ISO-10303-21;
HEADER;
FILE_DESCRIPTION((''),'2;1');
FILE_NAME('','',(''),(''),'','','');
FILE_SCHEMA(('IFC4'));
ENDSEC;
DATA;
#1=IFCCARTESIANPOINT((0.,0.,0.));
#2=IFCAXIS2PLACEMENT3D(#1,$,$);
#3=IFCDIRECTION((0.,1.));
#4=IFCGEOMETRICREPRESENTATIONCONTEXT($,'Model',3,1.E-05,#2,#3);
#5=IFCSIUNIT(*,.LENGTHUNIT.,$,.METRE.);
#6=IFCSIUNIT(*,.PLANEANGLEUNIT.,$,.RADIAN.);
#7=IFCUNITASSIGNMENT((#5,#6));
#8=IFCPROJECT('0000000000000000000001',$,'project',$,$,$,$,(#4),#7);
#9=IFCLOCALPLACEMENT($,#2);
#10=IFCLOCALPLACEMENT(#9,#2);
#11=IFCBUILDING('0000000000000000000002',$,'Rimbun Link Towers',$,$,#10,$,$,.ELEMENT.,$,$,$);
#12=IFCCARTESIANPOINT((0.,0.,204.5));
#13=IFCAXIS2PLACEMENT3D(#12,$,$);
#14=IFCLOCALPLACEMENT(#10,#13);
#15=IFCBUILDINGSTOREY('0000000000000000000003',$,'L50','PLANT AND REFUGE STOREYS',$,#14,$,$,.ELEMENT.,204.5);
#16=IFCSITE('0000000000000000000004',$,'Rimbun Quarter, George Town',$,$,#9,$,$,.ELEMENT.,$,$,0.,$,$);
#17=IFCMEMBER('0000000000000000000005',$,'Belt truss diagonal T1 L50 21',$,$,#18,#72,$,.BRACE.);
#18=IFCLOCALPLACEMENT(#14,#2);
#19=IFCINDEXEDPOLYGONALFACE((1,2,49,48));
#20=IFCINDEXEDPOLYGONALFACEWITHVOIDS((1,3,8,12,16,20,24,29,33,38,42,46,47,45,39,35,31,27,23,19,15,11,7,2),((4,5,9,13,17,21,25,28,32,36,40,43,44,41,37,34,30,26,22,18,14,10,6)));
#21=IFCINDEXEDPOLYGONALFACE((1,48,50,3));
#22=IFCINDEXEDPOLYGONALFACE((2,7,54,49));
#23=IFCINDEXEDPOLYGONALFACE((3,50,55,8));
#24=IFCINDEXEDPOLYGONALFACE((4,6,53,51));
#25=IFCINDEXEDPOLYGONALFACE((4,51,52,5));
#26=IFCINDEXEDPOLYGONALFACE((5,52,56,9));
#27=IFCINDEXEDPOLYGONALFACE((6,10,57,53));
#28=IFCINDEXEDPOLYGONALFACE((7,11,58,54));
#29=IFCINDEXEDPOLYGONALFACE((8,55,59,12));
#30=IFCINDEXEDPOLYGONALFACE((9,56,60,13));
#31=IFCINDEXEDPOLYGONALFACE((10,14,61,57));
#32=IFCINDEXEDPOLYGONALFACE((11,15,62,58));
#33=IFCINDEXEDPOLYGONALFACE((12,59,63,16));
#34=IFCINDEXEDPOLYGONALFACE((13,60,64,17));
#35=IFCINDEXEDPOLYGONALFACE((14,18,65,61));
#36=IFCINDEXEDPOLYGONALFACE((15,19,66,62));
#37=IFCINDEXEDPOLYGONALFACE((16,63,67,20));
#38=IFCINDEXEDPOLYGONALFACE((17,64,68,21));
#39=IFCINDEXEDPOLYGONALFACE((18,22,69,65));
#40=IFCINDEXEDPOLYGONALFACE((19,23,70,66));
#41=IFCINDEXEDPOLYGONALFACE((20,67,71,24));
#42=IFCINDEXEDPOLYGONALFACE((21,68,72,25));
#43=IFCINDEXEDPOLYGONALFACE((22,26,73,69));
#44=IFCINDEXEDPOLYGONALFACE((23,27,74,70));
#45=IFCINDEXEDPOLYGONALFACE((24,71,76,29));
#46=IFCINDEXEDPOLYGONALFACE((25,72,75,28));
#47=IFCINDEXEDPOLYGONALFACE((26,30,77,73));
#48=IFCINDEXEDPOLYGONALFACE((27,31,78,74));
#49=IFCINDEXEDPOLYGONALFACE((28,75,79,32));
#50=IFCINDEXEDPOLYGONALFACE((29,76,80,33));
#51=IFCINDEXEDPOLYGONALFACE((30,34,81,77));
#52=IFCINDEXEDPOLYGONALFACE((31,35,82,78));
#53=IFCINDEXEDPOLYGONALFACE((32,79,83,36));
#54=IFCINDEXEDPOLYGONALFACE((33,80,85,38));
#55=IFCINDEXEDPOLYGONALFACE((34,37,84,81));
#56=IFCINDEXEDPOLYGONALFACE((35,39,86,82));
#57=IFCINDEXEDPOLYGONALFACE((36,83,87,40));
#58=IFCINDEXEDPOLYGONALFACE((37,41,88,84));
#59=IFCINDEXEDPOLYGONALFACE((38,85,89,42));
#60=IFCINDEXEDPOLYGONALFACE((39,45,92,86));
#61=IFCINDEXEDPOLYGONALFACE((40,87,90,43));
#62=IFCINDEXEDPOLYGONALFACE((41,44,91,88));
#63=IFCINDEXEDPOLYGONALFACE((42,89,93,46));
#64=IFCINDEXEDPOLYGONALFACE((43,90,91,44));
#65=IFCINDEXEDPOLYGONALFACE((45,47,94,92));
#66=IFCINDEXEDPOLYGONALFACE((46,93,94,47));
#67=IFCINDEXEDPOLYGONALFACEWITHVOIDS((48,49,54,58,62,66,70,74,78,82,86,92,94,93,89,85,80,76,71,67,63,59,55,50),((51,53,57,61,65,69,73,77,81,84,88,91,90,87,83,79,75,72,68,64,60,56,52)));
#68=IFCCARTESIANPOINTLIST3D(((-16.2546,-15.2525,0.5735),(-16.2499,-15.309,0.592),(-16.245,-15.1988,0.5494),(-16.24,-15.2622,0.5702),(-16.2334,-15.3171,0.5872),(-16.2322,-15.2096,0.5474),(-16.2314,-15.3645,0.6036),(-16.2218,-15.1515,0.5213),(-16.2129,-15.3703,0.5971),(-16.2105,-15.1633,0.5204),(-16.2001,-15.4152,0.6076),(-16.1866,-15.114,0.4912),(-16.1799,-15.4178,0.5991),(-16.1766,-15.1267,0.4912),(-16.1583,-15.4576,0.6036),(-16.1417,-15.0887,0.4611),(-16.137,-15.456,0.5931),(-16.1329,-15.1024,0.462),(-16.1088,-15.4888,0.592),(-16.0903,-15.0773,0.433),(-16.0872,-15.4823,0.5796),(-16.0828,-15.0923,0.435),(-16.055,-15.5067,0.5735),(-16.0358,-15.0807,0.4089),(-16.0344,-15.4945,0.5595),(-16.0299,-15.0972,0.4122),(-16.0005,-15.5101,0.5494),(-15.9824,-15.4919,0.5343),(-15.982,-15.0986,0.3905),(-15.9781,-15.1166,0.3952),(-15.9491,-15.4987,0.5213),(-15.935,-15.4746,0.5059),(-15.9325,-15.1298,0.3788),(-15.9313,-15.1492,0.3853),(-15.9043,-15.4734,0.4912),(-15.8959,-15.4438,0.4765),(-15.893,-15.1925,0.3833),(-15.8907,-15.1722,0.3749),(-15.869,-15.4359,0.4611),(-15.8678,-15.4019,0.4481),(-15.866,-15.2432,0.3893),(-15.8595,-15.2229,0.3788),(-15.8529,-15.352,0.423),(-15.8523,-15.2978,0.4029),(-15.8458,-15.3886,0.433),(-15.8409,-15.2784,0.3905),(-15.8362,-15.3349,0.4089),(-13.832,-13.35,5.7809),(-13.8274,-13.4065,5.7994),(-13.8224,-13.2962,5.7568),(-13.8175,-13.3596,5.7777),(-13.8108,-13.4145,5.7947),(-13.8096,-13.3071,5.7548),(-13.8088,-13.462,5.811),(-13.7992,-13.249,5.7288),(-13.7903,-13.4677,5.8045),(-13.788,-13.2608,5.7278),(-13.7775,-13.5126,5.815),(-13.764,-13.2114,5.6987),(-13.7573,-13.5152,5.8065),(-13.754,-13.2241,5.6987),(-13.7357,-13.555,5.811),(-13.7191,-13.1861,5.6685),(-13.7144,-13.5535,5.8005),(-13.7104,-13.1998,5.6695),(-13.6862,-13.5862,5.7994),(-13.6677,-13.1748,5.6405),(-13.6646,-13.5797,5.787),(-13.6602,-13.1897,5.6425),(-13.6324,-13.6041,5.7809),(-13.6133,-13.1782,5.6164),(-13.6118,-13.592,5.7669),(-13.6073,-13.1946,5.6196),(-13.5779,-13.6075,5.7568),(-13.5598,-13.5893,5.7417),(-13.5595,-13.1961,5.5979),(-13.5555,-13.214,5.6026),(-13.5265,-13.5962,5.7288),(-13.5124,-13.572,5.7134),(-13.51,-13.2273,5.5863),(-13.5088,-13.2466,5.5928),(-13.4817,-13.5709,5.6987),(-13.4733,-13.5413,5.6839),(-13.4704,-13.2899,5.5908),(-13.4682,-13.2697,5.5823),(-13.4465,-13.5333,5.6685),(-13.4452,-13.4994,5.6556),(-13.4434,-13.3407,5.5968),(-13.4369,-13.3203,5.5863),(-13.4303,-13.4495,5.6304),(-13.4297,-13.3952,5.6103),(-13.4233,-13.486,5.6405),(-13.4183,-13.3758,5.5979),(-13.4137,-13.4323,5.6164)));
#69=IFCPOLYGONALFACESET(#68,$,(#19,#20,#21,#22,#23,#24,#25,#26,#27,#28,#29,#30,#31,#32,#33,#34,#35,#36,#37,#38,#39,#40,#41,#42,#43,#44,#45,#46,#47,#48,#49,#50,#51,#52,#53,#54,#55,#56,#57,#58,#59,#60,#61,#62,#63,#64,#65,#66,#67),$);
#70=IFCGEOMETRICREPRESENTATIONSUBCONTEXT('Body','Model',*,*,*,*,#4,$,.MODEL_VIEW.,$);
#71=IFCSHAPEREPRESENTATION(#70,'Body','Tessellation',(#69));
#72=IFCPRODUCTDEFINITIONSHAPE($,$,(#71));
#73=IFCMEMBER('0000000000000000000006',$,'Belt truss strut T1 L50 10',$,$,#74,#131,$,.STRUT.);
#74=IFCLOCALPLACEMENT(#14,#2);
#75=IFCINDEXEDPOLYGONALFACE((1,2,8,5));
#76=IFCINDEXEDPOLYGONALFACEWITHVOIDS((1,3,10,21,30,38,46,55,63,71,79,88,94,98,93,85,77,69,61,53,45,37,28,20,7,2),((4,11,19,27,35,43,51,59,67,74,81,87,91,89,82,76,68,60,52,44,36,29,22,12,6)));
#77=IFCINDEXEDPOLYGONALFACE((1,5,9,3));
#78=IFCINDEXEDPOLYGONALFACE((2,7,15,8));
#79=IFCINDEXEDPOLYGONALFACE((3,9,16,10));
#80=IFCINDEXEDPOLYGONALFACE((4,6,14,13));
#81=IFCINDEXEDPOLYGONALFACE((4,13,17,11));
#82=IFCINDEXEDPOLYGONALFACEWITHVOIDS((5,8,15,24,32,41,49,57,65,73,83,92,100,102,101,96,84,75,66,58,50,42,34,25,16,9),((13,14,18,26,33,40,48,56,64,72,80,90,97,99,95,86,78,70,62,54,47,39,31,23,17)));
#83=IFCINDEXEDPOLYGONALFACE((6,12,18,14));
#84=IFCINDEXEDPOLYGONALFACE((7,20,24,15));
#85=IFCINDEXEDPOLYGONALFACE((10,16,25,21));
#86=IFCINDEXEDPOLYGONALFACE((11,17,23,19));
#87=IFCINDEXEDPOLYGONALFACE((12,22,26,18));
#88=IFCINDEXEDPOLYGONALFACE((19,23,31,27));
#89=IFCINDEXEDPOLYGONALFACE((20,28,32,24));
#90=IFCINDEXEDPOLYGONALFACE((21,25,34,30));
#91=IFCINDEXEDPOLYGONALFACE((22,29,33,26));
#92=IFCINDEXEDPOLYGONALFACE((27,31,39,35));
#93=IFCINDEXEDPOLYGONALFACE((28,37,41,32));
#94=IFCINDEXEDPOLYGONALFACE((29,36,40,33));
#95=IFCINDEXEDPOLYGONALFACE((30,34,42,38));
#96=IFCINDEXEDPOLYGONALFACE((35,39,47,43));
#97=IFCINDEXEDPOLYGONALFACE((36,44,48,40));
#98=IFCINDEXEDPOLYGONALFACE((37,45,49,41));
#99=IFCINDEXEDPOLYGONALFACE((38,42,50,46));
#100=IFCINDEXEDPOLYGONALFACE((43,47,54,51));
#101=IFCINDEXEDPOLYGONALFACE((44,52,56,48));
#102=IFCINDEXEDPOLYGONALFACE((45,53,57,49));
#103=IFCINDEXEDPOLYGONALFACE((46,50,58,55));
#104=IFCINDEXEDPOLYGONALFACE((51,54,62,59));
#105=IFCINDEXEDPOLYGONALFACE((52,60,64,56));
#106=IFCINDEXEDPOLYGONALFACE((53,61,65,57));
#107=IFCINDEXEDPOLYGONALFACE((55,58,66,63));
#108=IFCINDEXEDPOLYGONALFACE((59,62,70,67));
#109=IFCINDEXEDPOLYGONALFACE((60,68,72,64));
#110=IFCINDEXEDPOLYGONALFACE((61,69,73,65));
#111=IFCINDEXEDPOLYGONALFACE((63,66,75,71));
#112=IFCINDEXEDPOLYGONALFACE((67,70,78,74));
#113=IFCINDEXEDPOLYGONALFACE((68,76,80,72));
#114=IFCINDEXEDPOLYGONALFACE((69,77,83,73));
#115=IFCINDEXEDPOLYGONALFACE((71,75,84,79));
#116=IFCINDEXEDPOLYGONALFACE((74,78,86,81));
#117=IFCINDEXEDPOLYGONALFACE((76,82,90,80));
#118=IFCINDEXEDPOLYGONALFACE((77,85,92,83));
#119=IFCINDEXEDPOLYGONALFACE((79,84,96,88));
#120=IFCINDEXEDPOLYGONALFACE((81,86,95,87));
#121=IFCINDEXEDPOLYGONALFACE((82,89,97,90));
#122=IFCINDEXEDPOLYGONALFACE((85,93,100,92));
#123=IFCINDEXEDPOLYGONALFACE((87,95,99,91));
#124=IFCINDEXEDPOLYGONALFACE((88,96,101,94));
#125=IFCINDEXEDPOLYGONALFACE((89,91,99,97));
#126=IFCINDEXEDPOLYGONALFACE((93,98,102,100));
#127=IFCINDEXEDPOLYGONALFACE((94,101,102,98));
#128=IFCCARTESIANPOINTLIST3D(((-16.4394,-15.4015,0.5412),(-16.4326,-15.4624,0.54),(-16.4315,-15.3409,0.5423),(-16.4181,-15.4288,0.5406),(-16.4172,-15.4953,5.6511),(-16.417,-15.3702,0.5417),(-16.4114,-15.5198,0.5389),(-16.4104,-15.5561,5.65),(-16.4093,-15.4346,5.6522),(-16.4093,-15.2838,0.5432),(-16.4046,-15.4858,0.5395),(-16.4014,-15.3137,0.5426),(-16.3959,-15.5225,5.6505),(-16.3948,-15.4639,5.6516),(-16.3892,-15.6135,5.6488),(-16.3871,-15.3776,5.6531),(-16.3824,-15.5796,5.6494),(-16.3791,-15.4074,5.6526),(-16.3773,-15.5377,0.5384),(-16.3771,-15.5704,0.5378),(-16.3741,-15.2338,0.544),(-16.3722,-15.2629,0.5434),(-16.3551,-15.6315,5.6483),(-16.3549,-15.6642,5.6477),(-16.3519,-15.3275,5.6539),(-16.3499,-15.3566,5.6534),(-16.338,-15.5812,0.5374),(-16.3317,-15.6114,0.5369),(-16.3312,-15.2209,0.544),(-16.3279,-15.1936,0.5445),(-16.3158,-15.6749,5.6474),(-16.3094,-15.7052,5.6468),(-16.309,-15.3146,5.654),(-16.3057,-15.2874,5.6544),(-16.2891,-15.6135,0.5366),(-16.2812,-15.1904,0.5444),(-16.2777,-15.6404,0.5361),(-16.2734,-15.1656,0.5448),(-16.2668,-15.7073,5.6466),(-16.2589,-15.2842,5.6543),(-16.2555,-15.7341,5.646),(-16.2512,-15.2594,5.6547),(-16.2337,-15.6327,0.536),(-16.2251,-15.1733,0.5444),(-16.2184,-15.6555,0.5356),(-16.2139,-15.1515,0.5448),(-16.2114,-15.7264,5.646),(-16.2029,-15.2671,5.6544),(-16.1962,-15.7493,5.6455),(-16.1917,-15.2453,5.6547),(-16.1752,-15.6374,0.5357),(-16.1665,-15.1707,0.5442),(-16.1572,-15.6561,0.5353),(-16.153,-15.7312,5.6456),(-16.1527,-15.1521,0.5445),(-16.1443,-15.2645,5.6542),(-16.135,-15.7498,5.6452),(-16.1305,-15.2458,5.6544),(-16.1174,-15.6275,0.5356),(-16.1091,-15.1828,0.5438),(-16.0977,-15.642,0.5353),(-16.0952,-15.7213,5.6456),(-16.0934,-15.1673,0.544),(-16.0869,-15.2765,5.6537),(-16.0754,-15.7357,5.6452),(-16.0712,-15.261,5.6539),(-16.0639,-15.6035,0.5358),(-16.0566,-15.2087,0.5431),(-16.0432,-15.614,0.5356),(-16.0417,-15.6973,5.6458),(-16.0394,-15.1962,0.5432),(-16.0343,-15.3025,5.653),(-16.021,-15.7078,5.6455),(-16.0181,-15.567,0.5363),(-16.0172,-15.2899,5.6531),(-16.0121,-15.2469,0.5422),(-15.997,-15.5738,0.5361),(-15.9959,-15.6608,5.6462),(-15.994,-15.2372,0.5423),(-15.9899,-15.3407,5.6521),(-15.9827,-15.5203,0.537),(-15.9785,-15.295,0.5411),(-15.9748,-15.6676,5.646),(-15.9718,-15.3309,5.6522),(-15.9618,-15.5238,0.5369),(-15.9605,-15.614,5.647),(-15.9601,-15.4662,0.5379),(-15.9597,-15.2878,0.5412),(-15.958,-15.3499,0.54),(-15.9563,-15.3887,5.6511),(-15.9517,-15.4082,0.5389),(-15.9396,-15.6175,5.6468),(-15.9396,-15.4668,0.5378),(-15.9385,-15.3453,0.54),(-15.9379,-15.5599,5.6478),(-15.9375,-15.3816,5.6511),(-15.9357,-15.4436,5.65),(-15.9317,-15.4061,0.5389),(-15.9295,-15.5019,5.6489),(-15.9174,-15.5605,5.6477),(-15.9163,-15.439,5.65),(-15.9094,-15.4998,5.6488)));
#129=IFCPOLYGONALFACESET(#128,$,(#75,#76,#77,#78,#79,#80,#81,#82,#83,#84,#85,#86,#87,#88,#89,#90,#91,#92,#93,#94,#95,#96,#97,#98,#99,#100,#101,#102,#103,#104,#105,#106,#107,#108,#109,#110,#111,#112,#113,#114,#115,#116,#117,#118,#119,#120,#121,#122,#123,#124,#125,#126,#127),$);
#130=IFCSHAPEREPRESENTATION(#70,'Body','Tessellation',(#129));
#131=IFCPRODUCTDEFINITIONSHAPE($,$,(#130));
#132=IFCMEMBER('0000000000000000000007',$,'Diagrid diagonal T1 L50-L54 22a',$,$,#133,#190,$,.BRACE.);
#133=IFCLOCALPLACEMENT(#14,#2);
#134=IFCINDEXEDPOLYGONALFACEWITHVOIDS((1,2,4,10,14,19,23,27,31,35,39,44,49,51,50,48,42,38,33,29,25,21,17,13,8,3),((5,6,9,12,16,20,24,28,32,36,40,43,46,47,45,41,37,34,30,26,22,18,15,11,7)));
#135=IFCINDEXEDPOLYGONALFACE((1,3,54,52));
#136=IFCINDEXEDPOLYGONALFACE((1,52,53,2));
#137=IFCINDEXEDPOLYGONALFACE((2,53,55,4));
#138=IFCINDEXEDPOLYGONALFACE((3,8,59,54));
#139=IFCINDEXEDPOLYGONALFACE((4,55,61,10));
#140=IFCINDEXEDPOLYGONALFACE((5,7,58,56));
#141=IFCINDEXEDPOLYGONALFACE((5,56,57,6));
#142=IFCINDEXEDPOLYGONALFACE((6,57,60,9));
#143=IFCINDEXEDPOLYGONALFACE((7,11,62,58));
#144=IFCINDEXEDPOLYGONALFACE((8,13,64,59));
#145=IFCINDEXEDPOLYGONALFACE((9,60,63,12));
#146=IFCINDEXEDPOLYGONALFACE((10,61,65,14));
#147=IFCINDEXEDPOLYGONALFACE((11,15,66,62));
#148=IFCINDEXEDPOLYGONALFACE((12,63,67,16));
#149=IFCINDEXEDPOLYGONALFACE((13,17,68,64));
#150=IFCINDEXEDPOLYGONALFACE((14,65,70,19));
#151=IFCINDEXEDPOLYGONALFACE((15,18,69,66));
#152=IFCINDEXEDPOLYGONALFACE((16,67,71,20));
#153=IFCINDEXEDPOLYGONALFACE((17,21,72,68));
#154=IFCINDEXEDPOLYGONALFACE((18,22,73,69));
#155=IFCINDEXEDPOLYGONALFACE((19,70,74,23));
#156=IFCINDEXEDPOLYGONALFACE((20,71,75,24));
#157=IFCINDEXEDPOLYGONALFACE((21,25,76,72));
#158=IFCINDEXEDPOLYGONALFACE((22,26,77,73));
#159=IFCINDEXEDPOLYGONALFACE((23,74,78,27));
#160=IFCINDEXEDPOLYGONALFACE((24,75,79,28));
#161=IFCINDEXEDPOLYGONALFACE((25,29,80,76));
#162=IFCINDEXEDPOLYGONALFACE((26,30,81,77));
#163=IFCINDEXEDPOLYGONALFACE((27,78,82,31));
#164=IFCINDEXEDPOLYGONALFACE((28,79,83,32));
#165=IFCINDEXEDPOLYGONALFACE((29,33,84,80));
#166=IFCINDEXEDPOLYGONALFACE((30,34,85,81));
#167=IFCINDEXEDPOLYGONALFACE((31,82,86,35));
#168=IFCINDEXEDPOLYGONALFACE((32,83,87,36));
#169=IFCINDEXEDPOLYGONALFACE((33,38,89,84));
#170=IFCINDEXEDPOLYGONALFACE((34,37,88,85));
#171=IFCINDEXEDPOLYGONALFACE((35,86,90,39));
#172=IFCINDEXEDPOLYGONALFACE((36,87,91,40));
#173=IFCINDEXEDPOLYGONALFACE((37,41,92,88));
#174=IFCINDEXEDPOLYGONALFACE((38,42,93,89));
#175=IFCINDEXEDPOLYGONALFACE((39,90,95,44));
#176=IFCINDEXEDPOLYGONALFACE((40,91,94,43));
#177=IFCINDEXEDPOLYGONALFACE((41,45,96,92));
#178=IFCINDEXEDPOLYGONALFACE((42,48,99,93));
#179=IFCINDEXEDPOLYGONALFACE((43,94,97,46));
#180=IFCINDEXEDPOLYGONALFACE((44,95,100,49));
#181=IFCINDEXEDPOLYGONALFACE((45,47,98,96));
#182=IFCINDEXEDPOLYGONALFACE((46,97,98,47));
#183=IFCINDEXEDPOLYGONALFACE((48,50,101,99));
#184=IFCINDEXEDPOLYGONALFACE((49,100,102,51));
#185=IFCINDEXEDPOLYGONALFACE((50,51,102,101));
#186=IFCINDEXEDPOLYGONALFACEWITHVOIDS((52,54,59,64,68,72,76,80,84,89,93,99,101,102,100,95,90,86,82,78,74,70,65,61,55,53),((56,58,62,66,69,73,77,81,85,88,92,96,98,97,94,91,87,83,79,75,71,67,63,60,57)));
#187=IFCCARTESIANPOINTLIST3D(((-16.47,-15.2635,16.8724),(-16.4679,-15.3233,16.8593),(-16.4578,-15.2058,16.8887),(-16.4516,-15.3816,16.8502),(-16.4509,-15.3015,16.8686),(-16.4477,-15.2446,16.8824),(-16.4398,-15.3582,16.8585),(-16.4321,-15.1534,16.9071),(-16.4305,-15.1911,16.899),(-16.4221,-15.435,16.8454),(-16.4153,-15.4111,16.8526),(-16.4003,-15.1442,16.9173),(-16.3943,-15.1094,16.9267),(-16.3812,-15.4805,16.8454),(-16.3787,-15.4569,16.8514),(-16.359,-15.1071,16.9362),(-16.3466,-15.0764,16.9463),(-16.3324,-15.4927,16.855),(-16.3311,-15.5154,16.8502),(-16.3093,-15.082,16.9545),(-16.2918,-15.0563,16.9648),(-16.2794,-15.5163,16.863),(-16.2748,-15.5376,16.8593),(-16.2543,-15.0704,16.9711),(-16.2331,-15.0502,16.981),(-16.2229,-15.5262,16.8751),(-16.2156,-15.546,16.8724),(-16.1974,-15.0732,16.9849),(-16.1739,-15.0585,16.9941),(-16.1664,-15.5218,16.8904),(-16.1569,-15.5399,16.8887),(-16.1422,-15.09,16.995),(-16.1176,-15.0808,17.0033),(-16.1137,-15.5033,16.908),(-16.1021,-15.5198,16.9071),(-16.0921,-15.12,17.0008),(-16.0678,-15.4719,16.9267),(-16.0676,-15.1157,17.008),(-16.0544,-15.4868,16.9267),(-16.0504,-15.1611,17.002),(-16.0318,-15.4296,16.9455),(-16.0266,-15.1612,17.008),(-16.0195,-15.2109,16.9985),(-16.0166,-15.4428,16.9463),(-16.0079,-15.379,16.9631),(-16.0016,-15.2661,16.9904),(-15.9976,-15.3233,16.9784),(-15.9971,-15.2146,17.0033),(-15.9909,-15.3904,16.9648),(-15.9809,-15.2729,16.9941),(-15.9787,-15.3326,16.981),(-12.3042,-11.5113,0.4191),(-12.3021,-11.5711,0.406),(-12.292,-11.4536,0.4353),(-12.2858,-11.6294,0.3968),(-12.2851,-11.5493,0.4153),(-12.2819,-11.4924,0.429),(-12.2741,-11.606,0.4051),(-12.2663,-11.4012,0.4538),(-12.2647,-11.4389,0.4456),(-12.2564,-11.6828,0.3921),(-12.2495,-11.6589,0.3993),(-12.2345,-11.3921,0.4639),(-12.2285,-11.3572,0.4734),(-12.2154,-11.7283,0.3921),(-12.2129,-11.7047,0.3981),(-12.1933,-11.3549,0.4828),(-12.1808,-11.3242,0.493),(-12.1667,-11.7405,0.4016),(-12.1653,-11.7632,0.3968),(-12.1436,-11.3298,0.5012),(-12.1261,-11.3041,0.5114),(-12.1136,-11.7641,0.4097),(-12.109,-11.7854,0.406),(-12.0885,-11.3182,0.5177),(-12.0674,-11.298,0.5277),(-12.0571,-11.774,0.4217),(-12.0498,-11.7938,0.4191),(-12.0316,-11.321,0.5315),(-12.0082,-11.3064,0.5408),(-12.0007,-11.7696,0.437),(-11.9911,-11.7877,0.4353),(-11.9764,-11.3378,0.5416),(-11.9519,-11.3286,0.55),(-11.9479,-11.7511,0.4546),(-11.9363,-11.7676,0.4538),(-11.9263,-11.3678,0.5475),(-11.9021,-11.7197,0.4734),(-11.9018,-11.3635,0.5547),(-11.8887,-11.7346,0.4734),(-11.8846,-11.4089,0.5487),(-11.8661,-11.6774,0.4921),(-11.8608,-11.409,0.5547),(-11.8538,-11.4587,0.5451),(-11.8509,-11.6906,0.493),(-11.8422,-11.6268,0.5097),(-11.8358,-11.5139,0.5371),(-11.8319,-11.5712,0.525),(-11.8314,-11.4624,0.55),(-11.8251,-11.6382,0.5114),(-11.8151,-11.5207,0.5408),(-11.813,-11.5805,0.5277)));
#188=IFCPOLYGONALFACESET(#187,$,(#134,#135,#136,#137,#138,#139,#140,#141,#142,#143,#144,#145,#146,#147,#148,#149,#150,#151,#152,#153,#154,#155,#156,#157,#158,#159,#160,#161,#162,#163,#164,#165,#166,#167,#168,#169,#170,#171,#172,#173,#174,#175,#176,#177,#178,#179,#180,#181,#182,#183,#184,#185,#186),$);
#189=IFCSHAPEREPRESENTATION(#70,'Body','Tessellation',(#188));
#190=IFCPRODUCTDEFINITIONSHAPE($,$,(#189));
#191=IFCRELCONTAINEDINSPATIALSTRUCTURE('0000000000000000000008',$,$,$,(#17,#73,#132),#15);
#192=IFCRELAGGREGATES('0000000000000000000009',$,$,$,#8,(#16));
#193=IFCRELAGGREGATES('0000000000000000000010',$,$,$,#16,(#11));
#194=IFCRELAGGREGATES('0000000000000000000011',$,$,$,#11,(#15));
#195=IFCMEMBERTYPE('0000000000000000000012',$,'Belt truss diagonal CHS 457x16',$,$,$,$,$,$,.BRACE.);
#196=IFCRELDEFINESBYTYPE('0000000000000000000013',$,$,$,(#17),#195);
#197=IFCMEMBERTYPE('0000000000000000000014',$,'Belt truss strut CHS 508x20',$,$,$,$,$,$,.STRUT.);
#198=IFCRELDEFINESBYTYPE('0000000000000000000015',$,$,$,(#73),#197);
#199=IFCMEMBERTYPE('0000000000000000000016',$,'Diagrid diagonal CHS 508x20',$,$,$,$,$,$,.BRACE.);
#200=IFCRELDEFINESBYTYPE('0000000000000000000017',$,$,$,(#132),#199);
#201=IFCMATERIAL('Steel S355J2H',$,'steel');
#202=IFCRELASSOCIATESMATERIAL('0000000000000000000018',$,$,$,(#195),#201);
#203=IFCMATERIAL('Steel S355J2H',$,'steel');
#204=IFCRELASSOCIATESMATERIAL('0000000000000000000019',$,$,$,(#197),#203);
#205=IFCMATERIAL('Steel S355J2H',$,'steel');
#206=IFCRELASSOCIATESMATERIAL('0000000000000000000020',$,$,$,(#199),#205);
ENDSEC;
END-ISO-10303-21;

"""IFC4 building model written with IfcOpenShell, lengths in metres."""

from ifc_helpers import new_model, si_unit, direction, frame, origin, origin_2d, place, context, subcontext, project, spatial, hollow_circle, extrude, material, material_profile, profile_set, type_object, element, save


model = new_model("IFC4")

# Units and contexts
model_context = context("Model", 3, precision=1e-05, world=origin(), true_north=direction((0.0, 1.0)))
body_context = subcontext(model_context, "Body", "Model", "MODEL_VIEW")
ifc_project = project(units=[si_unit("LENGTHUNIT", "METRE"), si_unit("PLANEANGLEUNIT", "RADIAN")], contexts=[model_context])

# Site, building, storey
site_placement = place(None, origin())
site = spatial("IfcSite", under=ifc_project, at=site_placement, Name="Rimbun Quarter, George Town", CompositionType="ELEMENT", RefElevation=0.0)
building_placement = place(site_placement, origin())
building = spatial("IfcBuilding", under=site, at=building_placement, Name="Rimbun Link Towers", CompositionType="ELEMENT")
storey_placement = place(building_placement, frame((0.0, 0.0, 204.5)))
storey = spatial("IfcBuildingStorey", under=building, at=storey_placement, Name="L50", Description="PLANT AND REFUGE STOREYS", CompositionType="ELEMENT", Elevation=204.5)

# Members
ifc_material_1 = material(Name="Steel S355J2H", Category="steel")
ifc_material_profile_1 = material_profile(ifc_material_1, hollow_circle(Radius=0.2285, WallThickness=0.0161, at=origin_2d()), Name="Belt truss diagonal CHS 457x16")
ifc_profile_set_1 = profile_set([ifc_material_profile_1], Name="Steel S355J2H")
member_type_1 = type_object("IfcMemberType", Name="Belt truss diagonal CHS 457x16", PredefinedType="BRACE", material=ifc_profile_set_1)
member_1_placement = place(storey_placement, frame((-16.0454, -15.2937, 0.4912), z_axis=(0.400406, 0.314457, 0.860693), x_axis=(-0.617643, 0.786459, 0.0)))
element("IfcMember", 1, at=member_1_placement, inside=storey, type_object=member_type_1, Name="Belt truss diagonal T1 L50 21", PredefinedType="BRACE", context=body_context, shape_type="SweptSolid", body=[
    extrude(hollow_circle(Radius=0.2285, WallThickness=0.0161, at=origin_2d()), origin(), (0.0, 0.0, 1.0), 6.0503),
])
ifc_material_2 = material(Name="Steel S355J2H", Category="steel")
ifc_material_profile_2 = material_profile(ifc_material_2, hollow_circle(Radius=0.2539, WallThickness=0.02, at=origin_2d()), Name="Belt truss strut CHS 508x20")
ifc_profile_set_2 = profile_set([ifc_material_profile_2], Name="Steel S355J2H")
member_type_2 = type_object("IfcMemberType", Name="Belt truss strut CHS 508x20", PredefinedType="STRUT", material=ifc_profile_set_2)
member_2_placement = place(storey_placement, frame((-16.1855, -15.4038, 0.54), z_axis=(0.004347, -0.018344, 0.999822), x_axis=(0.97305, 0.230593, 0.0)))
element("IfcMember", 2, at=member_2_placement, inside=storey, type_object=member_type_2, Name="Belt truss strut T1 L50 10", PredefinedType="STRUT", context=body_context, shape_type="SweptSolid", body=[
    extrude(hollow_circle(Radius=0.2539, WallThickness=0.02, at=origin_2d()), origin(), (0.0, 0.0, 1.0), 5.1108),
])
ifc_material_3 = material(Name="Steel S355J2H", Category="steel")
ifc_material_profile_3 = material_profile(ifc_material_3, hollow_circle(Radius=0.2539, WallThickness=0.02, at=origin_2d()), Name="Diagrid diagonal CHS 508x20")
ifc_profile_set_3 = profile_set([ifc_material_profile_3], Name="Steel S355J2H")
member_type_3 = type_object("IfcMemberType", Name="Diagrid diagonal CHS 508x20", PredefinedType="BRACE", material=ifc_profile_set_3)
member_3_placement = place(storey_placement, frame((-12.0586, -11.5459, 0.4734), z_axis=(-0.239655, -0.215863, 0.946556), x_axis=(0.669261, -0.743028, 0.0)))
element("IfcMember", 3, at=member_3_placement, inside=storey, type_object=member_type_3, Name="Diagrid diagonal T1 L50-L54 22a", PredefinedType="BRACE", context=body_context, shape_type="SweptSolid", body=[
    extrude(hollow_circle(Radius=0.2539, WallThickness=0.02, at=origin_2d()), origin(), (0.0, 0.0, 1.0), 17.3823),
])

save(model, "model.ifc")
